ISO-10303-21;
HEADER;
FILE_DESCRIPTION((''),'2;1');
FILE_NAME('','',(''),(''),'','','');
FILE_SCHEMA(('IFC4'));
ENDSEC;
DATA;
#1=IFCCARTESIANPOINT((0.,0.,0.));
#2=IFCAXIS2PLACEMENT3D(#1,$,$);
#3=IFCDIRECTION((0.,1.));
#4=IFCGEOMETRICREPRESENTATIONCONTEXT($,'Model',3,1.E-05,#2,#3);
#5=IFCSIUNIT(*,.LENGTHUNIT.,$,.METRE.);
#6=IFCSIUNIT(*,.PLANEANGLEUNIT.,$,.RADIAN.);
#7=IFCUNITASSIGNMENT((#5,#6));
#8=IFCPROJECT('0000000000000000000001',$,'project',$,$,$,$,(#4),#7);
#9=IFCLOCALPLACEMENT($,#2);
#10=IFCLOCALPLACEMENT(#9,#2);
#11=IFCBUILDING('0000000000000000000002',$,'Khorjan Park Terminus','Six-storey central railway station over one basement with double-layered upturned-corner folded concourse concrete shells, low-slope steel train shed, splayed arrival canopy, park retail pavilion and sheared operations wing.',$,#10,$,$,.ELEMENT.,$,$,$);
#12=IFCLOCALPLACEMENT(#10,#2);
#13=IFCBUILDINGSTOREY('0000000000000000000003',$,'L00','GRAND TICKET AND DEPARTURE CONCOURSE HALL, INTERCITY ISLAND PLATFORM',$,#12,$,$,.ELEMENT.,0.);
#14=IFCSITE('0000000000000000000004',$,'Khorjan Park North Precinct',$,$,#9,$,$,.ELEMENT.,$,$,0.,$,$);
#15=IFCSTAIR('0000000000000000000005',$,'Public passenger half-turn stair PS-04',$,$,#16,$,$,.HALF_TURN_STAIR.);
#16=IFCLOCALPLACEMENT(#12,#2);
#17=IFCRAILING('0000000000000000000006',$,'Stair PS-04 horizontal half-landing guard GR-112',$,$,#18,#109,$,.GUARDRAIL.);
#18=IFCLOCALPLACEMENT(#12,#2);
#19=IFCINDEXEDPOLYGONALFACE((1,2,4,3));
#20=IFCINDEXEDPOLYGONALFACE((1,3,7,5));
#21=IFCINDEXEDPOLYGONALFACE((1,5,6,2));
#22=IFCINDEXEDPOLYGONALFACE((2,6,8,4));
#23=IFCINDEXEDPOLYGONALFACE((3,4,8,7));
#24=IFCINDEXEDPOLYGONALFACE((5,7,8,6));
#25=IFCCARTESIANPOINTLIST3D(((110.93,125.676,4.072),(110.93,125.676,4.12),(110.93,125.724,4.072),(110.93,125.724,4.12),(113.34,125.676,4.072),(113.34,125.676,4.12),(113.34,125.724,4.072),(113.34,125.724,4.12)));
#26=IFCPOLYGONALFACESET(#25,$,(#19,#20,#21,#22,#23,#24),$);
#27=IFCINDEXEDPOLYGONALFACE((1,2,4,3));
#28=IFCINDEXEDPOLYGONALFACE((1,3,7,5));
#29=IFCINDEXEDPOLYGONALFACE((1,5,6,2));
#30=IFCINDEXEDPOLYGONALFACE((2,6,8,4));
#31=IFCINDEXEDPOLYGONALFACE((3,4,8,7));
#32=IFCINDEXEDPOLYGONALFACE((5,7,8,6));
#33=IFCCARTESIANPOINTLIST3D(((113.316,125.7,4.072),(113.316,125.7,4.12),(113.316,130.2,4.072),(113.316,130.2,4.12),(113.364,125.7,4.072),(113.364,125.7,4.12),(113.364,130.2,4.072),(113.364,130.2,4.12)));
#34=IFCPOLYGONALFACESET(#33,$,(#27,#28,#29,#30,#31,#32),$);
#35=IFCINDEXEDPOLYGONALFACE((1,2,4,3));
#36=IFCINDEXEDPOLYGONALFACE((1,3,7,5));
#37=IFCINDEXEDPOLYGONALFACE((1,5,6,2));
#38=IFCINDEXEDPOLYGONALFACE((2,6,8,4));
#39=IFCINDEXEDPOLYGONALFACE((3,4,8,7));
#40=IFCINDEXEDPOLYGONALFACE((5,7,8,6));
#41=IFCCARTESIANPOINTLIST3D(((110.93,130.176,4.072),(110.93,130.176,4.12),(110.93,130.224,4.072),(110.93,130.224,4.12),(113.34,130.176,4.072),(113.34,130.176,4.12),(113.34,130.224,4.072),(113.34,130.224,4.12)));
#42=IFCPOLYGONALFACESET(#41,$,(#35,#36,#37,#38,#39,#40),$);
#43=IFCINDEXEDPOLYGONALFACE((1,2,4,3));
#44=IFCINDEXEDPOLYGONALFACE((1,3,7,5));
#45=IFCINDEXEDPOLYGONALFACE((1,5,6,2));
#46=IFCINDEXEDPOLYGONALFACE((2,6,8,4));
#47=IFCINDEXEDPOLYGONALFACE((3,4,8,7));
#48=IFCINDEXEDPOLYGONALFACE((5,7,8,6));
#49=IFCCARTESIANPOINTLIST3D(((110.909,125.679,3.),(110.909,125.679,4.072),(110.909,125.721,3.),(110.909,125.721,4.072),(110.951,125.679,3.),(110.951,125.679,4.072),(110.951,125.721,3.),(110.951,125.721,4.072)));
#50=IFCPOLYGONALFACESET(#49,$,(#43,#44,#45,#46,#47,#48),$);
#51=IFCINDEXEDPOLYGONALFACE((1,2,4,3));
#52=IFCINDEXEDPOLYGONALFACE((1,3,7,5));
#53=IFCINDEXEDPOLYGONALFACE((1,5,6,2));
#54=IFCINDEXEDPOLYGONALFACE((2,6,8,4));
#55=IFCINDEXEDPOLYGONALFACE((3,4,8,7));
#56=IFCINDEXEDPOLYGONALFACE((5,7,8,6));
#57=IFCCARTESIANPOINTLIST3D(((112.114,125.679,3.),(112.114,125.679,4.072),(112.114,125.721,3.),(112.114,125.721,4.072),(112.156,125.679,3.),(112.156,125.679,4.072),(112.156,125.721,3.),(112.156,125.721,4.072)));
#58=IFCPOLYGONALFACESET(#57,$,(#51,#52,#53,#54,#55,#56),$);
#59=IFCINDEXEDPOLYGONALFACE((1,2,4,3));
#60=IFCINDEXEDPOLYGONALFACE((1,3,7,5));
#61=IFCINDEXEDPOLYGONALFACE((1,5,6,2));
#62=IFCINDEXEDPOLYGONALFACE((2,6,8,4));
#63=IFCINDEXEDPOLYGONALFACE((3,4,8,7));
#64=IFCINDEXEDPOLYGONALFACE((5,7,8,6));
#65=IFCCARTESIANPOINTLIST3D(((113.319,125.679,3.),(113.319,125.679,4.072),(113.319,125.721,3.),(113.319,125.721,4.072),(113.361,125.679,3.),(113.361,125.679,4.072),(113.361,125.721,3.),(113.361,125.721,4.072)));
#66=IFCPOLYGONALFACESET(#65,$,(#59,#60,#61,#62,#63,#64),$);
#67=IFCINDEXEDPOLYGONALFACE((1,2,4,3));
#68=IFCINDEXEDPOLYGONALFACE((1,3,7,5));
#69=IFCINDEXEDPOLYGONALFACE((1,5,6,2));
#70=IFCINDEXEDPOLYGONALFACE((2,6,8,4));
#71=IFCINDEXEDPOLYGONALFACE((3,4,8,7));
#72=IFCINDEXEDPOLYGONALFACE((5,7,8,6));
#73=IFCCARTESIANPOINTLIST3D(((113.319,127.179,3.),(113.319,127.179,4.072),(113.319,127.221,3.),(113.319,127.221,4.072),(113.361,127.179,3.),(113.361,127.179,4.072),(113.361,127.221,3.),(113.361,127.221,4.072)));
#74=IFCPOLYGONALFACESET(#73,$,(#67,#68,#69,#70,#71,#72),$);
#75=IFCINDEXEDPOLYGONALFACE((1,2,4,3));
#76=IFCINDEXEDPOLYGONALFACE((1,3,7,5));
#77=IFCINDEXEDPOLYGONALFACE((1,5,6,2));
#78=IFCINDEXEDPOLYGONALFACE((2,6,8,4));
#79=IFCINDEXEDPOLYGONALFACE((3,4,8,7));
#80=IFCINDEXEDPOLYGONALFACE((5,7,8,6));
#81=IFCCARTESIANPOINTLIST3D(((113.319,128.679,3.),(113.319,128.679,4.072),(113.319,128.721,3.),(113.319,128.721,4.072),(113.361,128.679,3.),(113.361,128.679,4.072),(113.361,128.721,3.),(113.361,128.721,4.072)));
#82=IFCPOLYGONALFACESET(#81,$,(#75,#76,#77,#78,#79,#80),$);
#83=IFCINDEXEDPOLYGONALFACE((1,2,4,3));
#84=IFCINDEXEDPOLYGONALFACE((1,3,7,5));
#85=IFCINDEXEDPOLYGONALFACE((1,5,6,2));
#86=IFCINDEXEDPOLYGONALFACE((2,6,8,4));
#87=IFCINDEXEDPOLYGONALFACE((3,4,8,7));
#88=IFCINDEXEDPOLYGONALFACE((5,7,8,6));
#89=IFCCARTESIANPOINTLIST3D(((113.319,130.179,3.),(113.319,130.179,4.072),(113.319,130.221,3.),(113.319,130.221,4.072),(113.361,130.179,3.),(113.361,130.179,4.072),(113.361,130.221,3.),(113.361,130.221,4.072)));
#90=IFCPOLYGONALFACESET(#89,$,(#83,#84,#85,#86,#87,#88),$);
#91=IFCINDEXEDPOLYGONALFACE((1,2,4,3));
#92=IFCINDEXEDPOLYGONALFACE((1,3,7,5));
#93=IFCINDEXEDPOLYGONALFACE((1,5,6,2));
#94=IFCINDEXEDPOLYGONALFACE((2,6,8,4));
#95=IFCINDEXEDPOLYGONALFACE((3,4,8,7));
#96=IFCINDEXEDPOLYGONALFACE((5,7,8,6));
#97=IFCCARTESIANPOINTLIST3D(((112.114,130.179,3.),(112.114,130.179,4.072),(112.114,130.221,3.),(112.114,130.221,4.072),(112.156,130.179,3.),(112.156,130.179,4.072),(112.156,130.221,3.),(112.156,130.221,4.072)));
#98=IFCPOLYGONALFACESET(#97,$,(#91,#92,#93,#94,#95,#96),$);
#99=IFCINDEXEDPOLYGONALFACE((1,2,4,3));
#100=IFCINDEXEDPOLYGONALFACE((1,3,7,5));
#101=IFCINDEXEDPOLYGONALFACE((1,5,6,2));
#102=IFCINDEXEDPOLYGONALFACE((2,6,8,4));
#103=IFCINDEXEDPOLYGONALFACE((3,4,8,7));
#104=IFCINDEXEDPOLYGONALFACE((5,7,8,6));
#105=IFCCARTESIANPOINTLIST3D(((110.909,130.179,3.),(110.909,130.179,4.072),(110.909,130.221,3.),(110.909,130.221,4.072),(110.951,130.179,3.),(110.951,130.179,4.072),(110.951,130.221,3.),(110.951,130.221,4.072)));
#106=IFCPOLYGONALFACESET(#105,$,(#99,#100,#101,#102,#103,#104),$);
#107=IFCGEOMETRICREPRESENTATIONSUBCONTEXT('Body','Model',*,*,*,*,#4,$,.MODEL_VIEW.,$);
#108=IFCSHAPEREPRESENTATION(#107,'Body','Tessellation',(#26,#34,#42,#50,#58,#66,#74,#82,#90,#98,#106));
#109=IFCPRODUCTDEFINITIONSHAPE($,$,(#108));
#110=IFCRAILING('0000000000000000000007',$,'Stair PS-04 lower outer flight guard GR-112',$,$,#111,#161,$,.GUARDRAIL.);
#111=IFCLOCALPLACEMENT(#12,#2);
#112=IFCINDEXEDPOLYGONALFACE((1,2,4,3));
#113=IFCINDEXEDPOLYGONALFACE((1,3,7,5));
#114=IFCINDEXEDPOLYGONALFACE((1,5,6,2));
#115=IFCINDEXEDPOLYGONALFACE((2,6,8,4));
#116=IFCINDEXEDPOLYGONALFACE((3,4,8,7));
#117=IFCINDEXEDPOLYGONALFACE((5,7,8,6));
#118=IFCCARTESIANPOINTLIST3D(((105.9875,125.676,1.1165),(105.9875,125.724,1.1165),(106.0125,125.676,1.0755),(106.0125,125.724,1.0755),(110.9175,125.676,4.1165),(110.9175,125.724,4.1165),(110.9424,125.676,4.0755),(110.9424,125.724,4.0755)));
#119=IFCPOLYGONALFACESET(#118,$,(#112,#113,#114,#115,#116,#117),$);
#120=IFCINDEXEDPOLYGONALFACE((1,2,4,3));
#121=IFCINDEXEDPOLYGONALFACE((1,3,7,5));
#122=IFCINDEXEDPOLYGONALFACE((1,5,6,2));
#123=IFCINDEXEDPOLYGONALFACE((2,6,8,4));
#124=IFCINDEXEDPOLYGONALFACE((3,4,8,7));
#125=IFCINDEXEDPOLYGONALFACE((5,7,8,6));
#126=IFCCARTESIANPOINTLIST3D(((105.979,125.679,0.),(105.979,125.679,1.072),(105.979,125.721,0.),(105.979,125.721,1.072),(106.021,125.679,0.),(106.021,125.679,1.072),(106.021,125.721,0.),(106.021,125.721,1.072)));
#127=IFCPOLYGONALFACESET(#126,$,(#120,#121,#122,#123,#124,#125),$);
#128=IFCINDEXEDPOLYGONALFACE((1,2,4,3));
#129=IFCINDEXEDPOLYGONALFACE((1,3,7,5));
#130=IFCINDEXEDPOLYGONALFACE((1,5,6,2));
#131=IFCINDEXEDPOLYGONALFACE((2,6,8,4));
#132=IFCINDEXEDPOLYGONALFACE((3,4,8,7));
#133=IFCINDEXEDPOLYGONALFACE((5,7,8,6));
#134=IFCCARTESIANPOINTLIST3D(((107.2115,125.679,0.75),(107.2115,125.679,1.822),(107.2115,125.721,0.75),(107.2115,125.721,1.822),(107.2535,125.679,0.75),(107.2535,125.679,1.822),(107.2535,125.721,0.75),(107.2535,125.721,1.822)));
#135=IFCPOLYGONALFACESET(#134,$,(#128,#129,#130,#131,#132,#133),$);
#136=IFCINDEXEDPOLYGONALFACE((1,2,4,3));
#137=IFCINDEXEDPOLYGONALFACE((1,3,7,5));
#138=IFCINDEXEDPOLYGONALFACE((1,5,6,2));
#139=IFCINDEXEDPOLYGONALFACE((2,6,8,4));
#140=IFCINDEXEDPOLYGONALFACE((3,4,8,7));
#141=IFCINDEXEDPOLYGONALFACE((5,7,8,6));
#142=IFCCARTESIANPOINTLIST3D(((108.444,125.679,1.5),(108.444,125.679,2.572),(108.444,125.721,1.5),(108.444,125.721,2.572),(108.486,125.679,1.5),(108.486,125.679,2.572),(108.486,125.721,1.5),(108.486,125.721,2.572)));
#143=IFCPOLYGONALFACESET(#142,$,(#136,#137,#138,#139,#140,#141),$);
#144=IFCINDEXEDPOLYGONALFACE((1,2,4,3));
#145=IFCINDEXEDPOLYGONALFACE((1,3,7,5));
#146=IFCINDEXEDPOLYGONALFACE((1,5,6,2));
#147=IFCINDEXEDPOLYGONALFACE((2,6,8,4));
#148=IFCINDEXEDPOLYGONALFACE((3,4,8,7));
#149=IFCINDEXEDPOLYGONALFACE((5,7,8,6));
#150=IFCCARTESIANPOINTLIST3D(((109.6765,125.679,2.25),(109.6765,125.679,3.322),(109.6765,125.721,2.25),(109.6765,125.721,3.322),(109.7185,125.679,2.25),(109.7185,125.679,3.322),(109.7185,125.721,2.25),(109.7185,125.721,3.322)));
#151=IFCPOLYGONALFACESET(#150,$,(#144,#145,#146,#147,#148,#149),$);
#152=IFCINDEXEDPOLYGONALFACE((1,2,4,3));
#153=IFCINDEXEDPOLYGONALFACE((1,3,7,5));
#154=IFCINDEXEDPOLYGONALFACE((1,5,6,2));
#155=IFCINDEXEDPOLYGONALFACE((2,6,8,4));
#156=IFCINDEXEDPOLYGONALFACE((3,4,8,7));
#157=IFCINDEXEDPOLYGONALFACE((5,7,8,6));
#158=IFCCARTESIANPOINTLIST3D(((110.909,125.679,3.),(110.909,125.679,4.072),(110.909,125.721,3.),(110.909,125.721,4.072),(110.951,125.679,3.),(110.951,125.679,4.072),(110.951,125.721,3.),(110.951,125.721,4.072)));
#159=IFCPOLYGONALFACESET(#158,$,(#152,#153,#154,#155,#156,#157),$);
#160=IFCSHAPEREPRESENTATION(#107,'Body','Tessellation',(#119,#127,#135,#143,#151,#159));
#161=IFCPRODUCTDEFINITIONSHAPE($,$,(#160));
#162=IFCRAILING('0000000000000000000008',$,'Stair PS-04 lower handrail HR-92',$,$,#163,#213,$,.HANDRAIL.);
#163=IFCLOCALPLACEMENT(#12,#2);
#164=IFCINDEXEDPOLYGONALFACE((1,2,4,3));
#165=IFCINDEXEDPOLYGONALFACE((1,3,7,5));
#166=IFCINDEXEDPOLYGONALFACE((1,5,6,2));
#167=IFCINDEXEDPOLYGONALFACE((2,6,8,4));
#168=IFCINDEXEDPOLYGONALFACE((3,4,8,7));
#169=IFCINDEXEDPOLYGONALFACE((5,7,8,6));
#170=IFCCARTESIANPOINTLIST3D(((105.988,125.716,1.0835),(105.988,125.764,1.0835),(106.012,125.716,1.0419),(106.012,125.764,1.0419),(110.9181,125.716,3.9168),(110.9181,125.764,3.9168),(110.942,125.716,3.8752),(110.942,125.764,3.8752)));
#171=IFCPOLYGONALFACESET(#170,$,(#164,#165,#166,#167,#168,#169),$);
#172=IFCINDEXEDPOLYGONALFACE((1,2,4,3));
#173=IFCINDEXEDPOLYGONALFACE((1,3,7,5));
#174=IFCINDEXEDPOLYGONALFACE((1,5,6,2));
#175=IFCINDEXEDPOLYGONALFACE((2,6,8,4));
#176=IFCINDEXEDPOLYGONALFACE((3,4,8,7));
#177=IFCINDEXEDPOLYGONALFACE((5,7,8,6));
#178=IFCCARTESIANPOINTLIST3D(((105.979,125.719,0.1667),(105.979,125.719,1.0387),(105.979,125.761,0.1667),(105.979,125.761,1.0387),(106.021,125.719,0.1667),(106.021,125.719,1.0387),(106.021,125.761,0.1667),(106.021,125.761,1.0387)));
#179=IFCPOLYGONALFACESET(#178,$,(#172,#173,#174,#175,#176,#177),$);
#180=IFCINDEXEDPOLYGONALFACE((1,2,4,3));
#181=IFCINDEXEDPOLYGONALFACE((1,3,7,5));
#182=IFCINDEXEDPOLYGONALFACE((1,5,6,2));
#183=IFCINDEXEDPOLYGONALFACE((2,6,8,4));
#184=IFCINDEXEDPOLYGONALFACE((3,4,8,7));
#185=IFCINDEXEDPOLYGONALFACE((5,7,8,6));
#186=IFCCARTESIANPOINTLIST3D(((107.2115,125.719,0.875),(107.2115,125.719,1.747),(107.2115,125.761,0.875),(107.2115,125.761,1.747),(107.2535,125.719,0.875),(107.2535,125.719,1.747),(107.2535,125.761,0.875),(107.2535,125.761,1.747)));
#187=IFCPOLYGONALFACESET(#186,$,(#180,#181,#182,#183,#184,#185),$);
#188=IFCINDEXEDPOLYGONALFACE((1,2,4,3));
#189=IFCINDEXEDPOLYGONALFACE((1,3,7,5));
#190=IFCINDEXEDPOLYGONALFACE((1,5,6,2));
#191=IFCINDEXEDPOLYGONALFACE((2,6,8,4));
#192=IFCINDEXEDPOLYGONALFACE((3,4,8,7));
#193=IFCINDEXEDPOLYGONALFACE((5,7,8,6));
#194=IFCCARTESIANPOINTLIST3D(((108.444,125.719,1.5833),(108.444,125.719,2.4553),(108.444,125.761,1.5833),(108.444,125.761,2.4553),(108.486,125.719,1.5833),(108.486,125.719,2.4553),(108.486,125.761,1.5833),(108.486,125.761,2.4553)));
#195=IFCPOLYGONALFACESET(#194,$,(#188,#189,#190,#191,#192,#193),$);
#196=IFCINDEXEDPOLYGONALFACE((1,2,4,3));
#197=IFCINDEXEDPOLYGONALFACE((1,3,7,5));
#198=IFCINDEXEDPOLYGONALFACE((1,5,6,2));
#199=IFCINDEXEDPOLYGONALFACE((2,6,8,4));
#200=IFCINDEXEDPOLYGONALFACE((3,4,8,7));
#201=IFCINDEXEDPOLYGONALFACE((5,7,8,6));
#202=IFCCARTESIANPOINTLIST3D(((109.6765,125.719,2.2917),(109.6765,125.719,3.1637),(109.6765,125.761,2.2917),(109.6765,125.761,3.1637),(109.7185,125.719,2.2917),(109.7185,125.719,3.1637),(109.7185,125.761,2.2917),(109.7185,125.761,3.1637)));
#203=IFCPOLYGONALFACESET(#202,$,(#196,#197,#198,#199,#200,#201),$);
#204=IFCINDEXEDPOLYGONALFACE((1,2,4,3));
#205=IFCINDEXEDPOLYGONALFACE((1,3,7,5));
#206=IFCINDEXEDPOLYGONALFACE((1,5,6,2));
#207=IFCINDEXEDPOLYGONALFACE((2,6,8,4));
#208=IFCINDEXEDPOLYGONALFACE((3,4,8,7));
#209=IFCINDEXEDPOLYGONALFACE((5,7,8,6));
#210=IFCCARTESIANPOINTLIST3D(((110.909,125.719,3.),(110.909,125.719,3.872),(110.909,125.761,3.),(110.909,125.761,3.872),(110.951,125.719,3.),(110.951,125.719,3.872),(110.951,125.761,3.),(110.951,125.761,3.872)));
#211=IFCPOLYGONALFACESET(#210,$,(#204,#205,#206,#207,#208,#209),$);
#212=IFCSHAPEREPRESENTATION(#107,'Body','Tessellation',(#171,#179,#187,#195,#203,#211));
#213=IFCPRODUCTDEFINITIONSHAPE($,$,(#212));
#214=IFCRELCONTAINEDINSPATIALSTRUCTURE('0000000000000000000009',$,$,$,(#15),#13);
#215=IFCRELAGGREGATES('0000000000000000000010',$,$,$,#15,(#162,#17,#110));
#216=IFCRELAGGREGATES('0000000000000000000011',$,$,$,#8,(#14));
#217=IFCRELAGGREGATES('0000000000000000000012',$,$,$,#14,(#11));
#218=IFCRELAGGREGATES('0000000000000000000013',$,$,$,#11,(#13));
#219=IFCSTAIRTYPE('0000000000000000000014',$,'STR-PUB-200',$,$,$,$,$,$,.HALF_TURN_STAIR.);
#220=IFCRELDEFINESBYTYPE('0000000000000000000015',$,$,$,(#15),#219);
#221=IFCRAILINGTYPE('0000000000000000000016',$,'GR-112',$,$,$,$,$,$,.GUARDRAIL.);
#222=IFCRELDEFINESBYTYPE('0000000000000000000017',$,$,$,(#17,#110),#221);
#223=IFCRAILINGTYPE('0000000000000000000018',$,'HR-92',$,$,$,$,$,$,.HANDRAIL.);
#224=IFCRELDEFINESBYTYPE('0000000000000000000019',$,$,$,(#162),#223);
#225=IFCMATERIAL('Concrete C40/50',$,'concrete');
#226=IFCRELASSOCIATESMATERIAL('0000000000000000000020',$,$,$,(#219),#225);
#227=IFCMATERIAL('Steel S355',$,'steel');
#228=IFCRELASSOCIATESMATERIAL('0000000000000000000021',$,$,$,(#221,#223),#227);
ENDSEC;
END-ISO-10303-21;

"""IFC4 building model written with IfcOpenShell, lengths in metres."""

from ifc_helpers import new_model, si_unit, direction, frame, origin, origin_2d, place, context, subcontext, project, spatial, rectangle, extrude, material, type_object, element, aggregate, save


model = new_model("IFC4")

# Units and contexts
model_context = context("Model", 3, precision=1e-05, world=origin(), true_north=direction((0.0, 1.0)))
body_context = subcontext(model_context, "Body", "Model", "MODEL_VIEW")
ifc_project = project(units=[si_unit("LENGTHUNIT", "METRE"), si_unit("PLANEANGLEUNIT", "RADIAN")], contexts=[model_context])

# Site, building, storey
site_placement = place(None, origin())
site = spatial("IfcSite", under=ifc_project, at=site_placement, Name="Khorjan Park North Precinct", CompositionType="ELEMENT", RefElevation=0.0)
building_placement = place(site_placement, origin())
building = spatial("IfcBuilding", under=site, at=building_placement, Name="Khorjan Park Terminus", Description="Six-storey central railway station over one basement with double-layered upturned-corner folded concourse concrete shells, low-slope steel train shed, splayed arrival canopy, park retail pavilion and sheared operations wing.", CompositionType="ELEMENT")
storey_placement = place(building_placement, origin())
storey = spatial("IfcBuildingStorey", under=building, at=storey_placement, Name="L00", Description="GRAND TICKET AND DEPARTURE CONCOURSE HALL, INTERCITY ISLAND PLATFORM", CompositionType="ELEMENT", Elevation=0.0)

# Shared definitions
ifc_material_1 = material(Name="Steel S355", Category="steel")

# Stair
ifc_material_2 = material(Name="Concrete C40/50", Category="concrete")
stair_type = type_object("IfcStairType", Name="STR-PUB-200", PredefinedType="HALF_TURN_STAIR", material=ifc_material_2)
stair_1_placement = place(storey_placement, origin())
stair_1 = element("IfcStair", 1, at=stair_1_placement, inside=storey, type_object=stair_type, Name="Public passenger half-turn stair PS-04", PredefinedType="HALF_TURN_STAIR")

# Shared definitions
railing_type_1 = type_object("IfcRailingType", Name="GR-112", PredefinedType="GUARDRAIL", material=ifc_material_1)

# Railings
railing_1_placement = place(storey_placement, frame((110.93, 125.7, 3.0)))
railing_1 = element("IfcRailing", 2, at=railing_1_placement, type_object=railing_type_1, Name="Stair PS-04 horizontal half-landing guard GR-112", PredefinedType="GUARDRAIL", context=body_context, shape_type="SweptSolid", body=[
    extrude(rectangle(XDim=0.048, YDim=0.048, at=origin_2d()), frame((0.0, 0.0, 1.096), z_axis=(1.0, 0.0, 0.0), x_axis=(0.0, 1.0, 0.0)), (0.0, 0.0, 1.0), 2.41),
    extrude(rectangle(XDim=0.048, YDim=0.048, at=origin_2d()), frame((2.41, 0.0, 1.096), z_axis=(0.0, 1.0, 0.0), x_axis=(-1.0, 0.0, 0.0)), (0.0, 0.0, 1.0), 4.5),
    extrude(rectangle(XDim=0.048, YDim=0.048, at=origin_2d()), frame((2.41, 4.5, 1.096), z_axis=(-1.0, 0.0, 0.0), x_axis=(0.0, -1.0, 0.0)), (0.0, 0.0, 1.0), 2.41),
    extrude(rectangle(XDim=0.042, YDim=0.042, at=origin_2d()), origin(), (0.0, 0.0, 1.0), 1.072),
    extrude(rectangle(XDim=0.042, YDim=0.042, at=origin_2d()), frame((1.205, 0.0, 0.0)), (0.0, 0.0, 1.0), 1.072),
    extrude(rectangle(XDim=0.042, YDim=0.042, at=origin_2d()), frame((2.41, 0.0, 0.0)), (0.0, 0.0, 1.0), 1.072),
    extrude(rectangle(XDim=0.042, YDim=0.042, at=origin_2d()), frame((2.41, 1.5, 0.0)), (0.0, 0.0, 1.0), 1.072),
    extrude(rectangle(XDim=0.042, YDim=0.042, at=origin_2d()), frame((2.41, 3.0, 0.0)), (0.0, 0.0, 1.0), 1.072),
    extrude(rectangle(XDim=0.042, YDim=0.042, at=origin_2d()), frame((2.41, 4.5, 0.0)), (0.0, 0.0, 1.0), 1.072),
    extrude(rectangle(XDim=0.042, YDim=0.042, at=origin_2d()), frame((1.205, 4.5, 0.0)), (0.0, 0.0, 1.0), 1.072),
    extrude(rectangle(XDim=0.042, YDim=0.042, at=origin_2d()), frame((0.0, 4.5, 0.0)), (0.0, 0.0, 1.0), 1.072),
])
railing_2_placement = place(storey_placement, frame((106.0, 125.7, 0.0)))
railing_2 = element("IfcRailing", 3, at=railing_2_placement, type_object=railing_type_1, Name="Stair PS-04 lower outer flight guard GR-112", PredefinedType="GUARDRAIL", context=body_context, shape_type="SweptSolid", body=[
    extrude(rectangle(XDim=0.048, YDim=0.048, at=origin_2d()), frame((0.0, 0.0, 1.096), z_axis=(0.854265, 0.0, 0.519837), x_axis=(0.0, 1.0, 0.0)), (0.0, 0.0, 1.0), 5.771),
    extrude(rectangle(XDim=0.042, YDim=0.042, at=origin_2d()), origin(), (0.0, 0.0, 1.0), 1.072),
    extrude(rectangle(XDim=0.042, YDim=0.042, at=origin_2d()), frame((1.2325, 0.0, 0.75)), (0.0, 0.0, 1.0), 1.072),
    extrude(rectangle(XDim=0.042, YDim=0.042, at=origin_2d()), frame((2.465, 0.0, 1.5)), (0.0, 0.0, 1.0), 1.072),
    extrude(rectangle(XDim=0.042, YDim=0.042, at=origin_2d()), frame((3.6975, 0.0, 2.25)), (0.0, 0.0, 1.0), 1.072),
    extrude(rectangle(XDim=0.042, YDim=0.042, at=origin_2d()), frame((4.93, 0.0, 3.0)), (0.0, 0.0, 1.0), 1.072),
])
railing_type_2 = type_object("IfcRailingType", Name="HR-92", PredefinedType="HANDRAIL", material=ifc_material_1)
railing_3_placement = place(storey_placement, frame((106.0, 125.74, 0.1667)))
railing_3 = element("IfcRailing", 4, at=railing_3_placement, type_object=railing_type_2, Name="Stair PS-04 lower handrail HR-92", PredefinedType="HANDRAIL", context=body_context, shape_type="SweptSolid", body=[
    extrude(rectangle(XDim=0.048, YDim=0.048, at=origin_2d()), frame((0.0, 0.0, 0.896), z_axis=(0.867016, 0.0, 0.498279), x_axis=(0.0, 1.0, 0.0)), (0.0, 0.0, 1.0), 5.6862),
    extrude(rectangle(XDim=0.042, YDim=0.042, at=origin_2d()), origin(), (0.0, 0.0, 1.0), 0.872),
    extrude(rectangle(XDim=0.042, YDim=0.042, at=origin_2d()), frame((1.2325, 0.0, 0.7083)), (0.0, 0.0, 1.0), 0.872),
    extrude(rectangle(XDim=0.042, YDim=0.042, at=origin_2d()), frame((2.465, 0.0, 1.4166)), (0.0, 0.0, 1.0), 0.872),
    extrude(rectangle(XDim=0.042, YDim=0.042, at=origin_2d()), frame((3.6975, 0.0, 2.125)), (0.0, 0.0, 1.0), 0.872),
    extrude(rectangle(XDim=0.042, YDim=0.042, at=origin_2d()), frame((4.93, 0.0, 2.8333)), (0.0, 0.0, 1.0), 0.872),
])
aggregate(stair_1, [railing_3, railing_1, railing_2])

save(model, "model.ifc")
